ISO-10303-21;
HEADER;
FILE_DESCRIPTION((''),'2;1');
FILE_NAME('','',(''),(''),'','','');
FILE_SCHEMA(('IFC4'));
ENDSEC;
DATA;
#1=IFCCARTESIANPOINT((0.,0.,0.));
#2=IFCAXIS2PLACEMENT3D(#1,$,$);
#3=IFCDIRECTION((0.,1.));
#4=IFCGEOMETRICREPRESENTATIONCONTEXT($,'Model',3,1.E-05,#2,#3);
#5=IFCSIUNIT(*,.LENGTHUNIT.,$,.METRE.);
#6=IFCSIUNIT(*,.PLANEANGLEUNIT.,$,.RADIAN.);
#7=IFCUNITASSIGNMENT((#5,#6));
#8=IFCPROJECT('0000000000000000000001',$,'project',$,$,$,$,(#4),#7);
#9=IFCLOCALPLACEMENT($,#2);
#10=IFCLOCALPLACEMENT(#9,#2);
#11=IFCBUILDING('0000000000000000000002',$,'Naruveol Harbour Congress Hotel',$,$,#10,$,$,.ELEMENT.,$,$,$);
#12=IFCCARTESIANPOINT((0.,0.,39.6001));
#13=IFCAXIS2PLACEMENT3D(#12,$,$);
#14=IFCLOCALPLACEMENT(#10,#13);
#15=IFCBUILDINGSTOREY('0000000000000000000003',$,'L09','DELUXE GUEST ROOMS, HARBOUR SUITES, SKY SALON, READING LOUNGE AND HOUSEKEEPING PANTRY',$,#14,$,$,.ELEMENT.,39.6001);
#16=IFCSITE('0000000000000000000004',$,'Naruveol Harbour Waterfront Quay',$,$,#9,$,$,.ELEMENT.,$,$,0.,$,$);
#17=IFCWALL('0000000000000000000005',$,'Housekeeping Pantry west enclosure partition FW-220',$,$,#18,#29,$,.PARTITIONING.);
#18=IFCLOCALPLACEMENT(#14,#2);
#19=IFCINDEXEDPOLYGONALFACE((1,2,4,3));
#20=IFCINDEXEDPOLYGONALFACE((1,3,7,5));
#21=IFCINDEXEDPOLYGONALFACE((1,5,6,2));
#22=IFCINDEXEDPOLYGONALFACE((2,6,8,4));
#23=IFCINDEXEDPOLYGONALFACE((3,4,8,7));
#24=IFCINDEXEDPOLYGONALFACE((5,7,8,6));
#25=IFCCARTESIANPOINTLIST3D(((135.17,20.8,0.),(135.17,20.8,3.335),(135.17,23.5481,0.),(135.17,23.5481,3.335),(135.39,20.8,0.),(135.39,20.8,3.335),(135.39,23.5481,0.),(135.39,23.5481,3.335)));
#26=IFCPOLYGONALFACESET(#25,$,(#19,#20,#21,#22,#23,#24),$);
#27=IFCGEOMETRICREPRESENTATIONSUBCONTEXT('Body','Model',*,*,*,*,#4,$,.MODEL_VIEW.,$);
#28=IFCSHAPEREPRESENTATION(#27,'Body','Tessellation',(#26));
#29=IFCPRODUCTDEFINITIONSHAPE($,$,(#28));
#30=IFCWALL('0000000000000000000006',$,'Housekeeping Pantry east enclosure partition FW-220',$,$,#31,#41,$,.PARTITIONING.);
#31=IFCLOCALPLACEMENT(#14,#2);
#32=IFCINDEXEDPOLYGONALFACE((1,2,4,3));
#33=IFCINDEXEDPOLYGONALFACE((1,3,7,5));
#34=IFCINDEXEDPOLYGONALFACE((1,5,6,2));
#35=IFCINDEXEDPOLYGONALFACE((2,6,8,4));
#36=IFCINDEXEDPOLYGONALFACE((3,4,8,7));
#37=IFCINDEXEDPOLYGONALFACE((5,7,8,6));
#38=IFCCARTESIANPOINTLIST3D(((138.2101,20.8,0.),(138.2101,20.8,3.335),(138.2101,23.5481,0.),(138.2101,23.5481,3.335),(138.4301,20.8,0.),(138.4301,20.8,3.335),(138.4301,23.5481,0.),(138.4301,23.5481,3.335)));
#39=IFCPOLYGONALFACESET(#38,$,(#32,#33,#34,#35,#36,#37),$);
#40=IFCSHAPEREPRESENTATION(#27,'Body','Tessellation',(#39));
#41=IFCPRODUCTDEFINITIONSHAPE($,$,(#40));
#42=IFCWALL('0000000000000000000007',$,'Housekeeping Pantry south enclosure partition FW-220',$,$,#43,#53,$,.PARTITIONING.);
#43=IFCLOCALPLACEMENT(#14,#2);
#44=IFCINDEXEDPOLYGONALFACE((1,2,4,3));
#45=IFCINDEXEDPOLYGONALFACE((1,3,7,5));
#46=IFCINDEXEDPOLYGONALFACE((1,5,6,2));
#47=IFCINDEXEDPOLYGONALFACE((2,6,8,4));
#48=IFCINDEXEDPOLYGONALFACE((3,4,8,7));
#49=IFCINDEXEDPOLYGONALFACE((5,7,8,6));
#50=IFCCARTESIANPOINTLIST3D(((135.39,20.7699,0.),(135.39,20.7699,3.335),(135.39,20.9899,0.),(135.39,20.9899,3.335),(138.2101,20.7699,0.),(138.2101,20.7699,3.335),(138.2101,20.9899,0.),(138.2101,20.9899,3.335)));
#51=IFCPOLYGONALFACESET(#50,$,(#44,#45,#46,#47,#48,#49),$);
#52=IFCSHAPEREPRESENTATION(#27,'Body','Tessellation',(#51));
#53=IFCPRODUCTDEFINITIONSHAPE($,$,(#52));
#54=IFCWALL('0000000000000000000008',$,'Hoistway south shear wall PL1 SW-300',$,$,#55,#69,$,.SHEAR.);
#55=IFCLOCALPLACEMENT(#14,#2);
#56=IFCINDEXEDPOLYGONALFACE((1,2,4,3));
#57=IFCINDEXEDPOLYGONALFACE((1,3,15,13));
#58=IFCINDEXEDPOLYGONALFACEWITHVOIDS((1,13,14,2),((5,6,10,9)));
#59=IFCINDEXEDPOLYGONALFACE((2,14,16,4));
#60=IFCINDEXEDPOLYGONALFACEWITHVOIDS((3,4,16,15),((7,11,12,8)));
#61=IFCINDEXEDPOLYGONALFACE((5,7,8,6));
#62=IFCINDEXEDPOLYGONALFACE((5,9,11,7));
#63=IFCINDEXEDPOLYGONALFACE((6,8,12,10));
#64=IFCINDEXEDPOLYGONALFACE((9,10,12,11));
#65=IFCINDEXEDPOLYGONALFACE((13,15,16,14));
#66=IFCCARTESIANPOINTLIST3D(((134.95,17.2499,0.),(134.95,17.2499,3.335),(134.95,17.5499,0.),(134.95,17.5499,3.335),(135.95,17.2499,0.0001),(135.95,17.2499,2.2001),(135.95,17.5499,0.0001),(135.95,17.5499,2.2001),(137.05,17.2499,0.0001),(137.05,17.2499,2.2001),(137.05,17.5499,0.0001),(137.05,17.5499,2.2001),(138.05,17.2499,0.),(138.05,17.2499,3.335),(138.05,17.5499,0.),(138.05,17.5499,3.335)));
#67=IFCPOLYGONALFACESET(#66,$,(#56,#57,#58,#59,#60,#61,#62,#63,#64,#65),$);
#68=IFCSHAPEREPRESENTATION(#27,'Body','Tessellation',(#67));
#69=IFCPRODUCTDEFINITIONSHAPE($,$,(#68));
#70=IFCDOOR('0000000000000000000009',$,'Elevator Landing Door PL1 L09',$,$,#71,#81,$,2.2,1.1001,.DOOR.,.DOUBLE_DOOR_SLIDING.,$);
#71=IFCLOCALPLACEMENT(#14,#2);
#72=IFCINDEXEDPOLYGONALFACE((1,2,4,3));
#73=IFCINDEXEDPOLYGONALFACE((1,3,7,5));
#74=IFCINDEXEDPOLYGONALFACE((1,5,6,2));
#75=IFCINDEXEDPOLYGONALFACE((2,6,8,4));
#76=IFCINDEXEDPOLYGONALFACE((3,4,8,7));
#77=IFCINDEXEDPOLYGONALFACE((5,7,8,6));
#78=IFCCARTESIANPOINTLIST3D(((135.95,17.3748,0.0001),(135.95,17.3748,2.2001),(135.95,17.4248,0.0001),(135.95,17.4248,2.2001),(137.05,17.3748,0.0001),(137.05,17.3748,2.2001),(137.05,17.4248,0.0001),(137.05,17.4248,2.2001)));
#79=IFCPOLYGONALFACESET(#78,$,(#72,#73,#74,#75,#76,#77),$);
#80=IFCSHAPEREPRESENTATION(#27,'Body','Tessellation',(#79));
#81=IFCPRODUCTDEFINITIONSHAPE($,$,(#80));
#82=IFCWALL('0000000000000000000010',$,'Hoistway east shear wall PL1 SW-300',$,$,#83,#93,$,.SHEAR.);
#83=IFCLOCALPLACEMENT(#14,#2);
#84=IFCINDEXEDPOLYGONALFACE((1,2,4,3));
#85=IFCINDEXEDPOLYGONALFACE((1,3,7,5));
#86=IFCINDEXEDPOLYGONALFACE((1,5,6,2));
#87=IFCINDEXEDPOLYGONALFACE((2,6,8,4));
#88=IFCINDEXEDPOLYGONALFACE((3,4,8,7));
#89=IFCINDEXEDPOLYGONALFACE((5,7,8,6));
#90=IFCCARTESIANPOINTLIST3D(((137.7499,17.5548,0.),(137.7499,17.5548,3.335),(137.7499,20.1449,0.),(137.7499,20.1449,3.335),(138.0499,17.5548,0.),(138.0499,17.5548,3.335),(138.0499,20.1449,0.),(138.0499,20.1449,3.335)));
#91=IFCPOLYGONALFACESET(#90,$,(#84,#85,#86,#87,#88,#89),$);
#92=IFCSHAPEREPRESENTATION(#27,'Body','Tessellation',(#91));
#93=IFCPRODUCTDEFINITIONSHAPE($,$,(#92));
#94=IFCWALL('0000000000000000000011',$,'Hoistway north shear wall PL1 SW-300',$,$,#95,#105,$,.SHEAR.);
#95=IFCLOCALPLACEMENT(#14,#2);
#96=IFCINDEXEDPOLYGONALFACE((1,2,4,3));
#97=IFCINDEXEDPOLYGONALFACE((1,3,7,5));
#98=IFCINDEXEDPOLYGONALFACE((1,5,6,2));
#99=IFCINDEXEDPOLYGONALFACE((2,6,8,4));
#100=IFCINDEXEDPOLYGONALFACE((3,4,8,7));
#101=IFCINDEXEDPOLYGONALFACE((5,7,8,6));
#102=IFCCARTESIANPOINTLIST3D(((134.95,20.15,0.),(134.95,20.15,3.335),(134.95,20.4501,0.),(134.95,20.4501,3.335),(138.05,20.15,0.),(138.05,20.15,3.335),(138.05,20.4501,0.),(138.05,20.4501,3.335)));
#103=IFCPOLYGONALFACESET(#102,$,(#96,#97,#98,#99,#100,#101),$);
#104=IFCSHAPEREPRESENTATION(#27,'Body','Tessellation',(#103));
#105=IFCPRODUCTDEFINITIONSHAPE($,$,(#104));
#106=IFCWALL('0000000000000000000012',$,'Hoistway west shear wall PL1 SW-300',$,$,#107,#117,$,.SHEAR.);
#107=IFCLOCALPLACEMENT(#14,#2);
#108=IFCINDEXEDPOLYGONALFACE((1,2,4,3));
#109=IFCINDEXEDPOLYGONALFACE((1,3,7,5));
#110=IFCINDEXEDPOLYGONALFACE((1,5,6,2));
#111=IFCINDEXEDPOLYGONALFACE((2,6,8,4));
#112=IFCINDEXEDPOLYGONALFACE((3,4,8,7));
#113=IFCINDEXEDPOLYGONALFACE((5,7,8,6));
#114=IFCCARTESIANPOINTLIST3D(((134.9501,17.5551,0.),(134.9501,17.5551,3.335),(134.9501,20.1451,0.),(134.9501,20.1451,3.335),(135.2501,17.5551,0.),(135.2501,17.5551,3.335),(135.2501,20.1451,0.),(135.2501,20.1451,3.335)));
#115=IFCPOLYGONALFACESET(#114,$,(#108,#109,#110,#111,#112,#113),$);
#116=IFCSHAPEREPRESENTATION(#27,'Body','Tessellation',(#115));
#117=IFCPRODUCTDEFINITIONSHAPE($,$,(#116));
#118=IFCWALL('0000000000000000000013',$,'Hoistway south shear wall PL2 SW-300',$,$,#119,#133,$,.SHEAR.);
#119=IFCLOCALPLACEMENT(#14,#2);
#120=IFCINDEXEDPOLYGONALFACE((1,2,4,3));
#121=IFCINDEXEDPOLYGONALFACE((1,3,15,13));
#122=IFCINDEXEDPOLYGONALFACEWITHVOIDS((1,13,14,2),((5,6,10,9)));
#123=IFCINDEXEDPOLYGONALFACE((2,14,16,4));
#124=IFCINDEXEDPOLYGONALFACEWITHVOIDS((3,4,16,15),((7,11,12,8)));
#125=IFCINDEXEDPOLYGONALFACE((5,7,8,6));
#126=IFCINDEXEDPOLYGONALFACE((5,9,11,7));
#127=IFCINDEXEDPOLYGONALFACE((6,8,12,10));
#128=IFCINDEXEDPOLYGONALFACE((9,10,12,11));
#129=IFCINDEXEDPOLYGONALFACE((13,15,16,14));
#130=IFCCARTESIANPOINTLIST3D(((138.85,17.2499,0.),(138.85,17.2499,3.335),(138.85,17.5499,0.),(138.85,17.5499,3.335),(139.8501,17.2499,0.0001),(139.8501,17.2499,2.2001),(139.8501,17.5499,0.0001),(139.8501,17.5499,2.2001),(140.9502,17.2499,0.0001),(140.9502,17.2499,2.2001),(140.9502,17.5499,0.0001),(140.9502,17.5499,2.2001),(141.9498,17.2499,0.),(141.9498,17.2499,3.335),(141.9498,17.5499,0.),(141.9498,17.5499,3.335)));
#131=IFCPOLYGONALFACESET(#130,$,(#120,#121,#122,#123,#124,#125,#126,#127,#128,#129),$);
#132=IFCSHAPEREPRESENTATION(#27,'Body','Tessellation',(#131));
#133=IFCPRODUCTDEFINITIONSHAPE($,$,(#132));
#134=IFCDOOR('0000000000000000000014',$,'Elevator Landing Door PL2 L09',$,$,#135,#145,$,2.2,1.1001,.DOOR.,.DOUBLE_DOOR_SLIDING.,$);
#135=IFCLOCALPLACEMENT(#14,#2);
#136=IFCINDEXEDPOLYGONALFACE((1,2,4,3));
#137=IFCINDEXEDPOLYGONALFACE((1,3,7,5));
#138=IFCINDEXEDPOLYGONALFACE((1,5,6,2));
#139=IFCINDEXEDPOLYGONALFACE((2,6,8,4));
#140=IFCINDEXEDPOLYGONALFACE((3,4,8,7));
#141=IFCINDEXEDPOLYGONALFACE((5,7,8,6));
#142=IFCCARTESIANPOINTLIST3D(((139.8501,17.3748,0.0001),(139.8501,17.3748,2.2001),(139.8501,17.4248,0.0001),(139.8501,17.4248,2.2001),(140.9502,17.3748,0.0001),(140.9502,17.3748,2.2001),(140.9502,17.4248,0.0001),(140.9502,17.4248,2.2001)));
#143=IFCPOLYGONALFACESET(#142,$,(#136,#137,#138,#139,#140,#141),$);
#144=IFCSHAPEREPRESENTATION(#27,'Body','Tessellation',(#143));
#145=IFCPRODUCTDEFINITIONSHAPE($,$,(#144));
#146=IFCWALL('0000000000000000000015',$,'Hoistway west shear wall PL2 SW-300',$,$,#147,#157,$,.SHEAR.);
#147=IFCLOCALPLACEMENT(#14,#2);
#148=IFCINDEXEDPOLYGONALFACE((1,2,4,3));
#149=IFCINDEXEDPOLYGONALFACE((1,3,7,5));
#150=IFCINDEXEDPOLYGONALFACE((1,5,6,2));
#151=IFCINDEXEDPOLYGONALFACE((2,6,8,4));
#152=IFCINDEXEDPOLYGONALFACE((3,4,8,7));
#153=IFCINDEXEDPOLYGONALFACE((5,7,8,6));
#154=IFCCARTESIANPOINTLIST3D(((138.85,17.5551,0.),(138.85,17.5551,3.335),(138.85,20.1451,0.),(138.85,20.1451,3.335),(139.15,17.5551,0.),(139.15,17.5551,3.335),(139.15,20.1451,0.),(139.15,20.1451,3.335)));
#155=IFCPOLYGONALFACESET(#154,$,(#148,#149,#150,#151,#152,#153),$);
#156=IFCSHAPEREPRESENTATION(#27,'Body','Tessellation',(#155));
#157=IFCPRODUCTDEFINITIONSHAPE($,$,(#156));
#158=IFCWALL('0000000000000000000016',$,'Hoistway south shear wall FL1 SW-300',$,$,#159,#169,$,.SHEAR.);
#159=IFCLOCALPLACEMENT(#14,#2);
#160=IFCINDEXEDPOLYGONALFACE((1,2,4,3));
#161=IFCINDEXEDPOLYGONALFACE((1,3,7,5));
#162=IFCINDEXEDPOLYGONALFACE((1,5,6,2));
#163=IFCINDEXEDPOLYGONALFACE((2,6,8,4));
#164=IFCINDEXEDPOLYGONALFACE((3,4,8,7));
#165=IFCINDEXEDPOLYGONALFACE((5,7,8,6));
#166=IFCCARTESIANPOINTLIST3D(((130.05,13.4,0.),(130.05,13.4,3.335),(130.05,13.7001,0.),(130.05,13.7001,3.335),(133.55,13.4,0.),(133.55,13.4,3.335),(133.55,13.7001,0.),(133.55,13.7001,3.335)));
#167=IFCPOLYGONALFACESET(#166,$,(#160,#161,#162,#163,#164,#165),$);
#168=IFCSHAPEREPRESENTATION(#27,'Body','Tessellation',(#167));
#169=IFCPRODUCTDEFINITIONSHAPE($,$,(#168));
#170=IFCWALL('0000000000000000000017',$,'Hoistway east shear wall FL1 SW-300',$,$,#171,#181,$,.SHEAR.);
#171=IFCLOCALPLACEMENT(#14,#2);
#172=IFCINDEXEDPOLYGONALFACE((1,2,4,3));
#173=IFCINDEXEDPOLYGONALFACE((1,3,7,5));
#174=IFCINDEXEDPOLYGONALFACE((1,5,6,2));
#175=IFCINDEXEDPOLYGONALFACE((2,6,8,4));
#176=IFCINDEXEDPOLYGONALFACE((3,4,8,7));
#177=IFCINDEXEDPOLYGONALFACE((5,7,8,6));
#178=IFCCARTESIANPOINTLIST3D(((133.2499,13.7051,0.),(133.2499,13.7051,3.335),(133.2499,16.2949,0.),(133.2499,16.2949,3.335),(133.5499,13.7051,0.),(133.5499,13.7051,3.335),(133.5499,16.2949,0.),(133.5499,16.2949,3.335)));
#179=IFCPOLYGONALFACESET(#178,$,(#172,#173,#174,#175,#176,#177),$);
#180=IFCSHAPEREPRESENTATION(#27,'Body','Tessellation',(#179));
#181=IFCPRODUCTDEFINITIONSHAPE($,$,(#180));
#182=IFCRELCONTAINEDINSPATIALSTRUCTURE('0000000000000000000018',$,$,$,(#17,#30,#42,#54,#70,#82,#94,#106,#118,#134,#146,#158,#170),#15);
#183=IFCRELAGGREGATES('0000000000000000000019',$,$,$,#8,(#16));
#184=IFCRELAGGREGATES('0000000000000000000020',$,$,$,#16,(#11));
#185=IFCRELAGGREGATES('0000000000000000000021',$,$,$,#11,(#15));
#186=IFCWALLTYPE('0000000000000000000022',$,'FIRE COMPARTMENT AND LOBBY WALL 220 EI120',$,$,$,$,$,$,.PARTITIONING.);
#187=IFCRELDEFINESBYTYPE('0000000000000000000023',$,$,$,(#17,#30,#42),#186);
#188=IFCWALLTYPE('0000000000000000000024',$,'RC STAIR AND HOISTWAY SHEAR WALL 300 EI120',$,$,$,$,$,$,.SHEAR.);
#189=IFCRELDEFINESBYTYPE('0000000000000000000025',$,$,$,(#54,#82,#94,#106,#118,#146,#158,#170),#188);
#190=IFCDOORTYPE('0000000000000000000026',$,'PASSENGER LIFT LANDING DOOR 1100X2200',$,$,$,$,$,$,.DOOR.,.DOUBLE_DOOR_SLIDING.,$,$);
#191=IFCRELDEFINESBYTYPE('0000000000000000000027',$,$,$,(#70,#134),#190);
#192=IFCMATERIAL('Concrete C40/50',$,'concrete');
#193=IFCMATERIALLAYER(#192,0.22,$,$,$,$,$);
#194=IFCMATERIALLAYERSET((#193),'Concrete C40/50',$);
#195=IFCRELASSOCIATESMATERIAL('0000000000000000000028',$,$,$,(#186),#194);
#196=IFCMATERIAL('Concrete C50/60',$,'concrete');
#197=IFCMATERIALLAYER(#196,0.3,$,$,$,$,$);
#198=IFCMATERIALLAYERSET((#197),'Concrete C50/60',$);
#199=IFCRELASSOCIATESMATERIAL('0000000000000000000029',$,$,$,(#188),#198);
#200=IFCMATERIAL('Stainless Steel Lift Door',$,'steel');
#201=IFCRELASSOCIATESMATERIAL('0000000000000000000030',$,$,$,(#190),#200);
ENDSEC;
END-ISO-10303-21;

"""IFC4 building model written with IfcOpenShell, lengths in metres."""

from ifc_helpers import new_model, si_unit, direction, frame, frame_2d, origin, place, context, subcontext, project, spatial, rectangle, extrude, material, layer, layer_set, type_object, element, fill, save


model = new_model("IFC4")

# Units and contexts
model_context = context("Model", 3, precision=1e-05, world=origin(), true_north=direction((0.0, 1.0)))
body_context = subcontext(model_context, "Body", "Model", "MODEL_VIEW")
ifc_project = project(units=[si_unit("LENGTHUNIT", "METRE"), si_unit("PLANEANGLEUNIT", "RADIAN")], contexts=[model_context])

# Site, building, storey
site_placement = place(None, origin())
site = spatial("IfcSite", under=ifc_project, at=site_placement, Name="Naruveol Harbour Waterfront Quay", CompositionType="ELEMENT", RefElevation=0.0)
building_placement = place(site_placement, origin())
building = spatial("IfcBuilding", under=site, at=building_placement, Name="Naruveol Harbour Congress Hotel", CompositionType="ELEMENT")
storey_placement = place(building_placement, frame((0.0, 0.0, 39.6001)))
storey = spatial("IfcBuildingStorey", under=building, at=storey_placement, Name="L09", Description="DELUXE GUEST ROOMS, HARBOUR SUITES, SKY SALON, READING LOUNGE AND HOUSEKEEPING PANTRY", CompositionType="ELEMENT", Elevation=39.6001)

# Shared definitions
ifc_material_1 = material(Name="Concrete C40/50", Category="concrete")
ifc_layer_1 = layer(ifc_material_1, 0.22)
ifc_layer_set_1 = layer_set([ifc_layer_1], Name="Concrete C40/50")
wall_type_1 = type_object("IfcWallType", Name="FIRE COMPARTMENT AND LOBBY WALL 220 EI120", PredefinedType="PARTITIONING", material=ifc_layer_set_1)

# Walls
for number, where, z_axis, x_axis, name in (
    (1, (135.28, 20.8, 0.0), (0.0, 0.0, 1.0), (0.0, 1.0, 0.0), "Housekeeping Pantry west enclosure partition FW-220"),
    (2, (138.3201, 20.8, 0.0), (0.0, 0.0, 1.0), (0.0, 1.0, 0.0), "Housekeeping Pantry east enclosure partition FW-220"),
):
    element("IfcWall", number, at=place(storey_placement, frame(where, z_axis=z_axis, x_axis=x_axis)), inside=storey, type_object=wall_type_1, Name=name, PredefinedType="PARTITIONING", context=body_context, shape_type="SweptSolid", body=[
        extrude(rectangle(XDim=2.748, YDim=0.22, at=frame_2d((1.374, 0.0))), origin(), (0.0, 0.0, 1.0), 3.335),
    ])
wall_1_placement = place(storey_placement, frame((135.3899, 20.8799, 0.0), z_axis=(0.0, 0.0, 1.0), x_axis=(1.0, 0.0, 0.0)))
element("IfcWall", 3, at=wall_1_placement, inside=storey, type_object=wall_type_1, Name="Housekeeping Pantry south enclosure partition FW-220", PredefinedType="PARTITIONING", context=body_context, shape_type="SweptSolid", body=[
    extrude(rectangle(XDim=2.8201, YDim=0.22, at=frame_2d((1.4102, 0.0))), origin(), (0.0, 0.0, 1.0), 3.335),
])

# Wall, opening, door
ifc_material_2 = material(Name="Concrete C50/60", Category="concrete")
ifc_layer_2 = layer(ifc_material_2, 0.3)
ifc_layer_set_2 = layer_set([ifc_layer_2], Name="Concrete C50/60")
wall_type_2 = type_object("IfcWallType", Name="RC STAIR AND HOISTWAY SHEAR WALL 300 EI120", PredefinedType="SHEAR", material=ifc_layer_set_2)
wall_2_placement = place(storey_placement, frame((134.95, 17.3999, 0.0), z_axis=(0.0, 0.0, 1.0), x_axis=(1.0, 0.0, 0.0)))
wall_2 = element("IfcWall", 4, at=wall_2_placement, inside=storey, type_object=wall_type_2, Name="Hoistway south shear wall PL1 SW-300", PredefinedType="SHEAR", context=body_context, shape_type="SweptSolid", body=[
    extrude(rectangle(XDim=3.1001, YDim=0.3, at=frame_2d((1.55, 0.0))), origin(), (0.0, 0.0, 1.0), 3.335),
])
opening_1_placement = place(wall_2_placement, frame((1.0, 0.0, 0.0)))
opening_1 = element("IfcOpeningElement", 5, at=opening_1_placement, cuts=wall_2, PredefinedType="OPENING", context=body_context, shape_type="SweptSolid", body=[
    extrude(rectangle(XDim=1.1001, YDim=2.2, at=frame_2d((0.55, 1.1001))), frame((0.0, 0.1599, 0.0), z_axis=(0.0, -1.0, 0.0), x_axis=(1.0, 0.0, 0.0)), (0.0, 0.0, 1.0), 0.3201),
])
ifc_material_3 = material(Name="Stainless Steel Lift Door", Category="steel")
door_type_1 = type_object("IfcDoorType", Name="PASSENGER LIFT LANDING DOOR 1100X2200", OperationType="DOUBLE_DOOR_SLIDING", PredefinedType="DOOR", material=ifc_material_3)
door_1_placement = place(opening_1_placement, origin())
door_1 = element("IfcDoor", 6, at=door_1_placement, inside=storey, type_object=door_type_1, Name="Elevator Landing Door PL1 L09", OperationType="DOUBLE_DOOR_SLIDING", OverallHeight=2.2, OverallWidth=1.1001, PredefinedType="DOOR", context=body_context, shape_type="SweptSolid", body=[
    extrude(rectangle(XDim=1.1001, YDim=2.2, at=frame_2d((0.55, 1.1001))), frame((0.0, 0.0249, 0.0), z_axis=(0.0, -1.0, 0.0), x_axis=(1.0, 0.0, 0.0)), (0.0, 0.0, 1.0), 0.05),
])
fill(opening_1, door_1)

# Walls
wall_3_placement = place(storey_placement, frame((137.8999, 17.5549, 0.0), z_axis=(0.0, 0.0, 1.0), x_axis=(0.0, 1.0, 0.0)))
element("IfcWall", 7, at=wall_3_placement, inside=storey, type_object=wall_type_2, Name="Hoistway east shear wall PL1 SW-300", PredefinedType="SHEAR", context=body_context, shape_type="SweptSolid", body=[
    extrude(rectangle(XDim=2.5901, YDim=0.3, at=frame_2d((1.2949, 0.0))), origin(), (0.0, 0.0, 1.0), 3.335),
])
wall_4_placement = place(storey_placement, frame((138.05, 20.3, 0.0), z_axis=(0.0, 0.0, 1.0), x_axis=(-1.0, 0.0, 0.0)))
element("IfcWall", 8, at=wall_4_placement, inside=storey, type_object=wall_type_2, Name="Hoistway north shear wall PL1 SW-300", PredefinedType="SHEAR", context=body_context, shape_type="SweptSolid", body=[
    extrude(rectangle(XDim=3.1001, YDim=0.3, at=frame_2d((1.55, 0.0))), origin(), (0.0, 0.0, 1.0), 3.335),
])
wall_5_placement = place(storey_placement, frame((135.1001, 20.145, 0.0), z_axis=(0.0, 0.0, 1.0), x_axis=(0.0, -1.0, 0.0)))
element("IfcWall", 9, at=wall_5_placement, inside=storey, type_object=wall_type_2, Name="Hoistway west shear wall PL1 SW-300", PredefinedType="SHEAR", context=body_context, shape_type="SweptSolid", body=[
    extrude(rectangle(XDim=2.5901, YDim=0.3, at=frame_2d((1.2949, 0.0))), origin(), (0.0, 0.0, 1.0), 3.335),
])

# Wall, opening, door
wall_6_placement = place(storey_placement, frame((138.8501, 17.3999, 0.0), z_axis=(0.0, 0.0, 1.0), x_axis=(1.0, 0.0, 0.0)))
wall_6 = element("IfcWall", 10, at=wall_6_placement, inside=storey, type_object=wall_type_2, Name="Hoistway south shear wall PL2 SW-300", PredefinedType="SHEAR", context=body_context, shape_type="SweptSolid", body=[
    extrude(rectangle(XDim=3.0999, YDim=0.3, at=frame_2d((1.5498, 0.0))), origin(), (0.0, 0.0, 1.0), 3.335),
])
opening_2_placement = place(wall_6_placement, frame((1.0, 0.0, 0.0)))
opening_2 = element("IfcOpeningElement", 11, at=opening_2_placement, cuts=wall_6, PredefinedType="OPENING", context=body_context, shape_type="SweptSolid", body=[
    extrude(rectangle(XDim=1.1001, YDim=2.2, at=frame_2d((0.55, 1.1001))), frame((0.0, 0.1599, 0.0), z_axis=(0.0, -1.0, 0.0), x_axis=(1.0, 0.0, 0.0)), (0.0, 0.0, 1.0), 0.3201),
])
door_2_placement = place(opening_2_placement, origin())
door_2 = element("IfcDoor", 12, at=door_2_placement, inside=storey, type_object=door_type_1, Name="Elevator Landing Door PL2 L09", OperationType="DOUBLE_DOOR_SLIDING", OverallHeight=2.2, OverallWidth=1.1001, PredefinedType="DOOR", context=body_context, shape_type="SweptSolid", body=[
    extrude(rectangle(XDim=1.1001, YDim=2.2, at=frame_2d((0.55, 1.1001))), frame((0.0, 0.0249, 0.0), z_axis=(0.0, -1.0, 0.0), x_axis=(1.0, 0.0, 0.0)), (0.0, 0.0, 1.0), 0.05),
])
fill(opening_2, door_2)

# Walls
wall_7_placement = place(storey_placement, frame((139.0, 20.145, 0.0), z_axis=(0.0, 0.0, 1.0), x_axis=(0.0, -1.0, 0.0)))
element("IfcWall", 13, at=wall_7_placement, inside=storey, type_object=wall_type_2, Name="Hoistway west shear wall PL2 SW-300", PredefinedType="SHEAR", context=body_context, shape_type="SweptSolid", body=[
    extrude(rectangle(XDim=2.5901, YDim=0.3, at=frame_2d((1.2949, 0.0))), origin(), (0.0, 0.0, 1.0), 3.335),
])
wall_8_placement = place(storey_placement, frame((130.05, 13.55, 0.0), z_axis=(0.0, 0.0, 1.0), x_axis=(1.0, 0.0, 0.0)))
element("IfcWall", 14, at=wall_8_placement, inside=storey, type_object=wall_type_2, Name="Hoistway south shear wall FL1 SW-300", PredefinedType="SHEAR", context=body_context, shape_type="SweptSolid", body=[
    extrude(rectangle(XDim=3.5, YDim=0.3, at=frame_2d((1.75, 0.0))), origin(), (0.0, 0.0, 1.0), 3.335),
])
wall_9_placement = place(storey_placement, frame((133.3999, 13.7051, 0.0), z_axis=(0.0, 0.0, 1.0), x_axis=(0.0, 1.0, 0.0)))
element("IfcWall", 15, at=wall_9_placement, inside=storey, type_object=wall_type_2, Name="Hoistway east shear wall FL1 SW-300", PredefinedType="SHEAR", context=body_context, shape_type="SweptSolid", body=[
    extrude(rectangle(XDim=2.5898, YDim=0.3, at=frame_2d((1.2949, 0.0))), origin(), (0.0, 0.0, 1.0), 3.335),
])

save(model, "model.ifc")
